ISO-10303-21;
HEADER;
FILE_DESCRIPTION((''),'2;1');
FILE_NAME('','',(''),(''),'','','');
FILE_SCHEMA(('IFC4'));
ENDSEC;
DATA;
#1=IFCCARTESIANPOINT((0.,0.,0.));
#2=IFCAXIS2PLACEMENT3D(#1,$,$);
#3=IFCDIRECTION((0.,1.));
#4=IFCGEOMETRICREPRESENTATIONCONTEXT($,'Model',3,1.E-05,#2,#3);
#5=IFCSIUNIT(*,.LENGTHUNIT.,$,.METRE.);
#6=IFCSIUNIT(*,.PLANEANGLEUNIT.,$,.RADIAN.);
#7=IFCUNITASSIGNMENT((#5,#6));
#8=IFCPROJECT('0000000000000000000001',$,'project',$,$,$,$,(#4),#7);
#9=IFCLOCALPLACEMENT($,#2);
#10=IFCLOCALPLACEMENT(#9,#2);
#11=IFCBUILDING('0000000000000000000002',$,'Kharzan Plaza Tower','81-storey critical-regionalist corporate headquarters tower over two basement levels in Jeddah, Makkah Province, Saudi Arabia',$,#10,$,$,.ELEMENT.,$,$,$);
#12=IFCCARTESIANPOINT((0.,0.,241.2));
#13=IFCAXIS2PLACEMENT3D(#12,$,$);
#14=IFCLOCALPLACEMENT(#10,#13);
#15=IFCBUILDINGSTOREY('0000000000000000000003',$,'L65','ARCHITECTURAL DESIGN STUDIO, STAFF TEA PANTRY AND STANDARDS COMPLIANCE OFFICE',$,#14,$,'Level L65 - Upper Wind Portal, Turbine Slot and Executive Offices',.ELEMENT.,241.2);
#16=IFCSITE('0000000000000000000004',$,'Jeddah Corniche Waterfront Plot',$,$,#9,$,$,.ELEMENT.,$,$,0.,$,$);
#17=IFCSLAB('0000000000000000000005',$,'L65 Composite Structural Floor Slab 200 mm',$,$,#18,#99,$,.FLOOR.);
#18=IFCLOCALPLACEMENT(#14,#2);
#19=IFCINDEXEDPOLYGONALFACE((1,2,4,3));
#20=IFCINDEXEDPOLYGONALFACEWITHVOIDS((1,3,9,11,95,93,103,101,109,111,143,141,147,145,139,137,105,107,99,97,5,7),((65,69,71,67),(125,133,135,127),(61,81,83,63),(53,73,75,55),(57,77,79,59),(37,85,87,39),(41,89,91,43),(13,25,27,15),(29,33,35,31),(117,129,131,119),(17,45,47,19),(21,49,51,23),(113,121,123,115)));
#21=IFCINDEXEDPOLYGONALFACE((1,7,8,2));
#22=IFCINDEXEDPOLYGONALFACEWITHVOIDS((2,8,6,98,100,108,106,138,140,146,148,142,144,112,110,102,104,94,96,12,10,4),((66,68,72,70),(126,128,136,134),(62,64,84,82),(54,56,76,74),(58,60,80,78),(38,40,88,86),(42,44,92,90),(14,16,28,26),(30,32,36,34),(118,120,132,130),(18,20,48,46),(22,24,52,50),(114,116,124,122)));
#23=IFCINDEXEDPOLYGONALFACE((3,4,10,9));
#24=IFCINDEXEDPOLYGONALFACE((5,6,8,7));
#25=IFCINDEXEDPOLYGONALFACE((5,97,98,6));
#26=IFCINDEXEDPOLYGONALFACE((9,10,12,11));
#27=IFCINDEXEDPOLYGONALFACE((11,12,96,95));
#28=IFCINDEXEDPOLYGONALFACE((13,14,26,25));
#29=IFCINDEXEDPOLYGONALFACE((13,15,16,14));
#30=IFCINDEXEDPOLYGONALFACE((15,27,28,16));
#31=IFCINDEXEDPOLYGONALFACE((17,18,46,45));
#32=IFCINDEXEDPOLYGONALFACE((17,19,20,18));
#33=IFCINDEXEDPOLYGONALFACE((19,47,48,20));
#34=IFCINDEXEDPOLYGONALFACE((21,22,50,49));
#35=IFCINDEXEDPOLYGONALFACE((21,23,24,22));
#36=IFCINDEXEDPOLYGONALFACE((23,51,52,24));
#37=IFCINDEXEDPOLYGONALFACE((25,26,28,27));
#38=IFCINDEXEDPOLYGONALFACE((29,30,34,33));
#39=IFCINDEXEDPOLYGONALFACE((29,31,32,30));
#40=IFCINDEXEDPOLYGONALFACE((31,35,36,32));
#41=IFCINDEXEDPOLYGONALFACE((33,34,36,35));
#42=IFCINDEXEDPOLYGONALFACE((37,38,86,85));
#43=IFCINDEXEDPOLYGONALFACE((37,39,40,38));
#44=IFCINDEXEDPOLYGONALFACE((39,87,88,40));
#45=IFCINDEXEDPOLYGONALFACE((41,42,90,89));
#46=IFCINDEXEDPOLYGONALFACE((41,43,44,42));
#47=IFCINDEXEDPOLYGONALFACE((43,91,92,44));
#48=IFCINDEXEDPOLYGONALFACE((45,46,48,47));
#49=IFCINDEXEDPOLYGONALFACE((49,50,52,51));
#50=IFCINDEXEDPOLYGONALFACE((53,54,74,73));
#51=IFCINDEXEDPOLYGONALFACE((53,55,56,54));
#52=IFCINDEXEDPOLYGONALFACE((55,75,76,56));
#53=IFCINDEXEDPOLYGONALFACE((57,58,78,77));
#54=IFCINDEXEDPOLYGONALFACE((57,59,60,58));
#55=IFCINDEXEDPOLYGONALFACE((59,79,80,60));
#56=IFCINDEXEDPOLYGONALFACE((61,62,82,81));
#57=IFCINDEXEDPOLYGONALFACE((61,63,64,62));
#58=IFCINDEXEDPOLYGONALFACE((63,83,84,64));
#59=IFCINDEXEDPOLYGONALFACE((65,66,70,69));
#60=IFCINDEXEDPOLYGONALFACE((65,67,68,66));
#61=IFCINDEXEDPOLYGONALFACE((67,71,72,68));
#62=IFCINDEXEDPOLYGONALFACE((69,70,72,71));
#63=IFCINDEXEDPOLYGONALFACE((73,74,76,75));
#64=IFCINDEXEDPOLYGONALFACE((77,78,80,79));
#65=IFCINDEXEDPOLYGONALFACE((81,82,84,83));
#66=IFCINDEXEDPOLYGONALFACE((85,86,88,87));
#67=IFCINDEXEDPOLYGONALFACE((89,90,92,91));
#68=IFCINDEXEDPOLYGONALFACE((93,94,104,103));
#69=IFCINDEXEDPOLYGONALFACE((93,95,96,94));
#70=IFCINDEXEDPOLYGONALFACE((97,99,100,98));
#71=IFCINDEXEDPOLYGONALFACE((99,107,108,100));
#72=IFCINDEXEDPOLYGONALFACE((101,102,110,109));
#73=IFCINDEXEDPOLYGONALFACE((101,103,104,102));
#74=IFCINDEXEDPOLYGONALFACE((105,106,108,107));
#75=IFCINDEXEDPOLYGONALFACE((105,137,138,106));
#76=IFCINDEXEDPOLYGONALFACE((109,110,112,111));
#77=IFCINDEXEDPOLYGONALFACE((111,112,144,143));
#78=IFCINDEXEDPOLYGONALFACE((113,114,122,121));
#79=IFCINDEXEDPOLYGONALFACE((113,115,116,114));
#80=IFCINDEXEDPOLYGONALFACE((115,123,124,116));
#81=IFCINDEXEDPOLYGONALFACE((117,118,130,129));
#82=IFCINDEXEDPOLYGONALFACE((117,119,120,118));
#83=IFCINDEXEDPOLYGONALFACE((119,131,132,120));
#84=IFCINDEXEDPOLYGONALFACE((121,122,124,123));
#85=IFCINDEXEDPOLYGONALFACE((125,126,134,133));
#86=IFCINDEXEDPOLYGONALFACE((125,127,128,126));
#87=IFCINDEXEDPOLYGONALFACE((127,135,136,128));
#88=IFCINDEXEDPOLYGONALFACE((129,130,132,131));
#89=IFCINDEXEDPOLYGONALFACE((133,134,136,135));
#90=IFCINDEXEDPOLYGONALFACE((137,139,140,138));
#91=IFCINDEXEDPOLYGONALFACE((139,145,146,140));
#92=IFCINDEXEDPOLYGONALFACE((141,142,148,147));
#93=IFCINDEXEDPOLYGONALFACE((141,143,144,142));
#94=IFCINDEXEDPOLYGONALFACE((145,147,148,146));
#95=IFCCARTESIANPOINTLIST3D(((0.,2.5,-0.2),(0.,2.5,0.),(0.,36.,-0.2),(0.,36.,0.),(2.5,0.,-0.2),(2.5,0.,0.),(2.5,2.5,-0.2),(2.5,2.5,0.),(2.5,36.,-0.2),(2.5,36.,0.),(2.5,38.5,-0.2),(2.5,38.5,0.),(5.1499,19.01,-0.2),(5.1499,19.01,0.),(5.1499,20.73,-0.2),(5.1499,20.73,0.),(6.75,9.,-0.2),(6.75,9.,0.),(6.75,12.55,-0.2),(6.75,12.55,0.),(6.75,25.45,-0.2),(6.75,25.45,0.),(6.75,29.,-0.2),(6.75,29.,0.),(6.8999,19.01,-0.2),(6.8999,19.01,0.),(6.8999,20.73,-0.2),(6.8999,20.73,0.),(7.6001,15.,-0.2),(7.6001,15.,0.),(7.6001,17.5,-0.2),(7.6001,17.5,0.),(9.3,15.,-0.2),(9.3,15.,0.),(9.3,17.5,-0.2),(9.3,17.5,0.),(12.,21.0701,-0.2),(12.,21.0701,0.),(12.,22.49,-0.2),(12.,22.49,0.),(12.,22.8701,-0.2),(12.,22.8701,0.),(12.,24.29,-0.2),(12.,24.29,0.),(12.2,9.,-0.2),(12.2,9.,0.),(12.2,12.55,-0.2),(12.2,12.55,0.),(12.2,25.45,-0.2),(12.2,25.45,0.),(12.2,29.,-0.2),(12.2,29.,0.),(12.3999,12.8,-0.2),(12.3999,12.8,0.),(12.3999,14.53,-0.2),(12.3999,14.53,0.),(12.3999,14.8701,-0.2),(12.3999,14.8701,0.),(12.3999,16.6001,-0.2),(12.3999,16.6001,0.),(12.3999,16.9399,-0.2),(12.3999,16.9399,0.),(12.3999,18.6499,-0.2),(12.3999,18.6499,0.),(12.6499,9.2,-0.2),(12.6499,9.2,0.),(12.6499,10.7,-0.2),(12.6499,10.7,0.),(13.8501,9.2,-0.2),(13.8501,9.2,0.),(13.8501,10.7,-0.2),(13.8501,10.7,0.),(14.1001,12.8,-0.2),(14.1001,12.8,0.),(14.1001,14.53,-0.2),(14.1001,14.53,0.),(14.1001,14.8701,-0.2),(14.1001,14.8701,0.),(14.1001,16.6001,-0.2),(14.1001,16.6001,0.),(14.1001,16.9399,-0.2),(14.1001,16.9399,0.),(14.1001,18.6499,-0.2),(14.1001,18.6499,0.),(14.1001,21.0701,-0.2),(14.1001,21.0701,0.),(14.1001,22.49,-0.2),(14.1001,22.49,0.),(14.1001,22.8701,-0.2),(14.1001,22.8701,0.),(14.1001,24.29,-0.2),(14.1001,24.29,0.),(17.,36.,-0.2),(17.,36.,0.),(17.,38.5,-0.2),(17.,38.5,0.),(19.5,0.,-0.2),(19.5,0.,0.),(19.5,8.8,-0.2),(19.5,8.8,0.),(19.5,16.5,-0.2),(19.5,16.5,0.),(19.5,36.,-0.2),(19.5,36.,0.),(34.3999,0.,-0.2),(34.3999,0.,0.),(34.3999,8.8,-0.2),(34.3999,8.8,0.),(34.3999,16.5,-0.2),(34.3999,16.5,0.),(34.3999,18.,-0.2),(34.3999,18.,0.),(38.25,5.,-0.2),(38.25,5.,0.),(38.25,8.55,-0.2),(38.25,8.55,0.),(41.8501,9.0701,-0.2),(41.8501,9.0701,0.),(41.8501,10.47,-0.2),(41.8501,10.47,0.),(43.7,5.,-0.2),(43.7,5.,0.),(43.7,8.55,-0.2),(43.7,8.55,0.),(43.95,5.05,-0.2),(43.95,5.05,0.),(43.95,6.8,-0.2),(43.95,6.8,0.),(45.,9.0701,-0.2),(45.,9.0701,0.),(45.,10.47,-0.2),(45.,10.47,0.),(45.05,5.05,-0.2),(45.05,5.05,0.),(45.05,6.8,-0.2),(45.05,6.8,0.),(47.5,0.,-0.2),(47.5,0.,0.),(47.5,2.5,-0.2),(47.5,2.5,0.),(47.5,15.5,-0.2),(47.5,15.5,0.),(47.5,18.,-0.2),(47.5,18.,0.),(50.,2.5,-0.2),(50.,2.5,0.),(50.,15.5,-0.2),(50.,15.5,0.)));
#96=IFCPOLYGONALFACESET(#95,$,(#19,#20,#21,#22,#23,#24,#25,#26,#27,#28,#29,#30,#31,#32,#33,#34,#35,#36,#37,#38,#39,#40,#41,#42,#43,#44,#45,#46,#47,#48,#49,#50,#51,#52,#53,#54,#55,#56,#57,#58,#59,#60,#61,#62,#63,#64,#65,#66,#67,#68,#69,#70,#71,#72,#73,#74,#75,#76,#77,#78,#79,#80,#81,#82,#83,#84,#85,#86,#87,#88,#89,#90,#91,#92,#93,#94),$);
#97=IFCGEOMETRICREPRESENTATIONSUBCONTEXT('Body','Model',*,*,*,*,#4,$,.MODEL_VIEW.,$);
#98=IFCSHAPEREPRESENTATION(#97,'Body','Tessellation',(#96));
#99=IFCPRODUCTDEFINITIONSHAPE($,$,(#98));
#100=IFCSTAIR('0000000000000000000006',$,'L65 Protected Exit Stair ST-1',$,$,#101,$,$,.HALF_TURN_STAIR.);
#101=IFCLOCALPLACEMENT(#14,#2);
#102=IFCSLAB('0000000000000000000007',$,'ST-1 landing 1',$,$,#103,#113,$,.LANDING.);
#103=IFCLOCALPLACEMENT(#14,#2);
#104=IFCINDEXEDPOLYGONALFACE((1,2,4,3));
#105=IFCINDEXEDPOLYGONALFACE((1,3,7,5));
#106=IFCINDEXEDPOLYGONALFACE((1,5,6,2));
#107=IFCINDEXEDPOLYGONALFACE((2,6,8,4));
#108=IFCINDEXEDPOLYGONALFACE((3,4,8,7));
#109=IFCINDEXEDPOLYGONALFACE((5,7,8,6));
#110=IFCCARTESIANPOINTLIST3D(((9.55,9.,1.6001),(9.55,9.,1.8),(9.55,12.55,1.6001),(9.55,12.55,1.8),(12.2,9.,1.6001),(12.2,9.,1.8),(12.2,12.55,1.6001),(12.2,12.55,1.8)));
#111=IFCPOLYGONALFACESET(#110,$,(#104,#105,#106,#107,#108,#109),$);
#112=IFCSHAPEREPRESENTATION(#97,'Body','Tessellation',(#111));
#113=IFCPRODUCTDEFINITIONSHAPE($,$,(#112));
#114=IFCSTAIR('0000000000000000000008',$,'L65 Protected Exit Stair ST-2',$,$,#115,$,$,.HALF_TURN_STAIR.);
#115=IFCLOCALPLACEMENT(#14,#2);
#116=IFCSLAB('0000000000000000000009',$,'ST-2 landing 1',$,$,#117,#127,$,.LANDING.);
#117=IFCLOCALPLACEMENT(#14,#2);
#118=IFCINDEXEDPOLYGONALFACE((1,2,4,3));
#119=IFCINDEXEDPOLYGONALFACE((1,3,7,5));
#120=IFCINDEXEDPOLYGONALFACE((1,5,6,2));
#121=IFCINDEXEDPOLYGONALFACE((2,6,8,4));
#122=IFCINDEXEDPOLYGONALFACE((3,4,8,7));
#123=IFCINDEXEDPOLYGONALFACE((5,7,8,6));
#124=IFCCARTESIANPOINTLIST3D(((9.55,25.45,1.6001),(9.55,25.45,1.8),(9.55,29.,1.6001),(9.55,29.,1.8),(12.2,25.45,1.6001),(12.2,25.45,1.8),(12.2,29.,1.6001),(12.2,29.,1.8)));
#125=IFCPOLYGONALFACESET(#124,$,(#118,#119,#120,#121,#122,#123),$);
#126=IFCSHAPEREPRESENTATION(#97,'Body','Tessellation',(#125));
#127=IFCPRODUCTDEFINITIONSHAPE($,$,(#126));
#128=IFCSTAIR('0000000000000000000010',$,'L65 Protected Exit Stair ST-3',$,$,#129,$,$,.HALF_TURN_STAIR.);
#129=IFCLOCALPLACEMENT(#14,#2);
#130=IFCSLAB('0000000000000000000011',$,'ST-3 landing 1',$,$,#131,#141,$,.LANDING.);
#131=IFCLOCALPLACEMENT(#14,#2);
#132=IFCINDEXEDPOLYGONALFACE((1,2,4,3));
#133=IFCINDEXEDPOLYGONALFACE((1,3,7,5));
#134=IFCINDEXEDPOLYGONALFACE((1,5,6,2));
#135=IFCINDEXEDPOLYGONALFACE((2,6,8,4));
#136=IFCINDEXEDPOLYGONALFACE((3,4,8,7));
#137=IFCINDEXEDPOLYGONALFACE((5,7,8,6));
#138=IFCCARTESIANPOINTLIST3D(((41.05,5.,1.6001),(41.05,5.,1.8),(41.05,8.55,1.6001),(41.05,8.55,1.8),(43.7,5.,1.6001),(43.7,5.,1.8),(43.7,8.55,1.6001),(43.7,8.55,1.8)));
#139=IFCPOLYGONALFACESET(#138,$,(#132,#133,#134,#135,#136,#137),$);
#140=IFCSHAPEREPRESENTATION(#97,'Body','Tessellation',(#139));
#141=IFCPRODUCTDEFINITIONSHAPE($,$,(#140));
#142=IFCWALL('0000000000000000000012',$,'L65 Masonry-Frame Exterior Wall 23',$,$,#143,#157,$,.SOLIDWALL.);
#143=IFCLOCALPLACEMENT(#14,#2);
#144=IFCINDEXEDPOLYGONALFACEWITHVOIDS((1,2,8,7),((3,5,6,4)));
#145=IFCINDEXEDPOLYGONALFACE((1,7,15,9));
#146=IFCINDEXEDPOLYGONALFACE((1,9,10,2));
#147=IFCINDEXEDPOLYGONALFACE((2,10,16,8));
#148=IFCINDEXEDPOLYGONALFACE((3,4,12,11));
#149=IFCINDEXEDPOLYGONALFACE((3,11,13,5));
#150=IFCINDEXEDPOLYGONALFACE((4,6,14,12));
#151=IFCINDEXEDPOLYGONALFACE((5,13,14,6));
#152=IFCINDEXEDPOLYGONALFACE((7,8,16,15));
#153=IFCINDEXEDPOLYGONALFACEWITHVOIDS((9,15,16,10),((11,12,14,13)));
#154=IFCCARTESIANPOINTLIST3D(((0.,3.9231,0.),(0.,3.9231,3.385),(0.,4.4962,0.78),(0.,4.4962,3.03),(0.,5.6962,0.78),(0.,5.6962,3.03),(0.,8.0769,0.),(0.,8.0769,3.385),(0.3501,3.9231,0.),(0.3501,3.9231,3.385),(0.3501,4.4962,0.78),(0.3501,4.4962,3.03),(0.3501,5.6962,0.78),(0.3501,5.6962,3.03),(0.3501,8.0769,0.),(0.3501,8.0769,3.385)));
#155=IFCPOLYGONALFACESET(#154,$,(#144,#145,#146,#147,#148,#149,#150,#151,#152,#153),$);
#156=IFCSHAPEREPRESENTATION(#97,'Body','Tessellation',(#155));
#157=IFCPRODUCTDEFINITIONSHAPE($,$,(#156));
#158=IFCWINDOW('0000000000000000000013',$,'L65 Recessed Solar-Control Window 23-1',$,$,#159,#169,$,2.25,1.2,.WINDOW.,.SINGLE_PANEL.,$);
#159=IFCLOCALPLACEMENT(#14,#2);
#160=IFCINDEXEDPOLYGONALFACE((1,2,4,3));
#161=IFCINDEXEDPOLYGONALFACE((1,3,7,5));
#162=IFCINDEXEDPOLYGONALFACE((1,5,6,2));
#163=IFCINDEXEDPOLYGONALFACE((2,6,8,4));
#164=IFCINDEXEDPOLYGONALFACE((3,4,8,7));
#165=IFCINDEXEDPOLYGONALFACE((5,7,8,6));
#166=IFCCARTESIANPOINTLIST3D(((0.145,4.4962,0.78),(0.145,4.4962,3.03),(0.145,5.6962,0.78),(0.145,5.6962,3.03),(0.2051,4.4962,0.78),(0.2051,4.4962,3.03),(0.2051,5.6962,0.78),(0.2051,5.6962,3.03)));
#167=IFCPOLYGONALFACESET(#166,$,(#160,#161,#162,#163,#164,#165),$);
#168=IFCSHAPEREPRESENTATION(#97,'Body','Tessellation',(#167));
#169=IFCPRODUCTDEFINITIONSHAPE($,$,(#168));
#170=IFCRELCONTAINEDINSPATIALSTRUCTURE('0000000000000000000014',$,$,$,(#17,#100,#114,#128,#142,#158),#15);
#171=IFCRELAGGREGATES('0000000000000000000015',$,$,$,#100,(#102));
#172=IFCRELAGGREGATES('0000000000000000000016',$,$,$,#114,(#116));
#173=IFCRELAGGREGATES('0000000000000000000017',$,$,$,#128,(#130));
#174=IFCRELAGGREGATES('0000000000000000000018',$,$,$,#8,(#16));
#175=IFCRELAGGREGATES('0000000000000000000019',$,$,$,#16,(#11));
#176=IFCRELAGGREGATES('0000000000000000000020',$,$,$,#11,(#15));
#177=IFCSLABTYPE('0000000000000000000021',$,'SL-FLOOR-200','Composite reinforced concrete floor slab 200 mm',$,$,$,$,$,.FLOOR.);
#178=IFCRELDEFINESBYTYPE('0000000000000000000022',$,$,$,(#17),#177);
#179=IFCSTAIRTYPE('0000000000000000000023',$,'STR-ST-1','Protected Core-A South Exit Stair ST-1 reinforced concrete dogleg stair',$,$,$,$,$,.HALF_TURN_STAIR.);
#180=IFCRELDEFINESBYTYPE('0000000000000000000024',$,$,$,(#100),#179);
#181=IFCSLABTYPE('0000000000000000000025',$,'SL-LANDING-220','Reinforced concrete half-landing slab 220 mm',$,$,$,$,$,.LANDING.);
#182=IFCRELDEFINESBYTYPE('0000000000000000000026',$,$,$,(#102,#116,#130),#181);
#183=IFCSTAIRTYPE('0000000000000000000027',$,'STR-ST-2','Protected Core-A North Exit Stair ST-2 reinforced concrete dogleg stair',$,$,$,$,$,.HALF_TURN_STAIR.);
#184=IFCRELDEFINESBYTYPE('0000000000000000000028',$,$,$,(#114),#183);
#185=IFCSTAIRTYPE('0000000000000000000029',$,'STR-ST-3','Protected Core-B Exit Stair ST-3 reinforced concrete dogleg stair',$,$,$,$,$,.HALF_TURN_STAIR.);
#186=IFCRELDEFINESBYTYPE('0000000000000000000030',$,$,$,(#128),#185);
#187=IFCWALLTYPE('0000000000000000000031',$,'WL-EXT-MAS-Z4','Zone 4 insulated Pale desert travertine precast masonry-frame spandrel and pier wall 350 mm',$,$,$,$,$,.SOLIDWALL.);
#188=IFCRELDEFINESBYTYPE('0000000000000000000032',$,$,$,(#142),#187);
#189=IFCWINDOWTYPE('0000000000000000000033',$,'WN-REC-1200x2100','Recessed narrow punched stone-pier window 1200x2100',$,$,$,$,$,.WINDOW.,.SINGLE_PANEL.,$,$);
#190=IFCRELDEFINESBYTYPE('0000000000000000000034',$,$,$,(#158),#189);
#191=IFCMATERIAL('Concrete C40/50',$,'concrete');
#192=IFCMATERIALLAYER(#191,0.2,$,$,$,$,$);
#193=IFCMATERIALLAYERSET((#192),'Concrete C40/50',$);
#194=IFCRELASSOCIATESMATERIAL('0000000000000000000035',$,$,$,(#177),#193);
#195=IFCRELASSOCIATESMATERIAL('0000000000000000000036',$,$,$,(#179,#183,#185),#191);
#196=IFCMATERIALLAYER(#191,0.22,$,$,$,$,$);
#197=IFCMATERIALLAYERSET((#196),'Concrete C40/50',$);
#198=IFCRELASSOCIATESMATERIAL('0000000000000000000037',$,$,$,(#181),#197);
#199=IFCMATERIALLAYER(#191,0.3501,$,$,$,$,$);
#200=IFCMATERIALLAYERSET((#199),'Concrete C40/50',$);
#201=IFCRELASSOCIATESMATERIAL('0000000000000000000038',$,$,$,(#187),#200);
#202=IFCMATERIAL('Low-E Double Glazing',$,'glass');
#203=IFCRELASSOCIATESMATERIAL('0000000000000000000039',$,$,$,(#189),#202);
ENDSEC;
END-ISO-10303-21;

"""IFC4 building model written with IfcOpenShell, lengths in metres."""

from ifc_helpers import new_model, si_unit, direction, frame, frame_2d, origin, place, context, subcontext, project, spatial, polyline, rectangle, outline, extrude, source, transform, mapped, material, layer, layer_set, type_object, element, fill, aggregate, save


model = new_model("IFC4")

# Units and contexts
model_context = context("Model", 3, precision=1e-05, world=origin(), true_north=direction((0.0, 1.0)))
body_context = subcontext(model_context, "Body", "Model", "MODEL_VIEW")
ifc_project = project(units=[si_unit("LENGTHUNIT", "METRE"), si_unit("PLANEANGLEUNIT", "RADIAN")], contexts=[model_context])

# Site, building, storey
site_placement = place(None, origin())
site = spatial("IfcSite", under=ifc_project, at=site_placement, Name="Jeddah Corniche Waterfront Plot", CompositionType="ELEMENT", RefElevation=0.0)
building_placement = place(site_placement, origin())
building = spatial("IfcBuilding", under=site, at=building_placement, Name="Kharzan Plaza Tower", Description="81-storey critical-regionalist corporate headquarters tower over two basement levels in Jeddah, Makkah Province, Saudi Arabia", CompositionType="ELEMENT")
storey_placement = place(building_placement, frame((0.0, 0.0, 241.2)))
storey = spatial("IfcBuildingStorey", under=building, at=storey_placement, Name="L65", Description="ARCHITECTURAL DESIGN STUDIO, STAFF TEA PANTRY AND STANDARDS COMPLIANCE OFFICE", LongName="Level L65 - Upper Wind Portal, Turbine Slot and Executive Offices", CompositionType="ELEMENT", Elevation=241.2)

# Slab
ifc_material_1 = material(Name="Concrete C40/50", Category="concrete")
ifc_layer_1 = layer(ifc_material_1, 0.2)
ifc_layer_set_1 = layer_set([ifc_layer_1], Name="Concrete C40/50")
slab_type_1 = type_object("IfcSlabType", Name="SL-FLOOR-200", Description="Composite reinforced concrete floor slab 200 mm", PredefinedType="FLOOR", material=ifc_layer_set_1)
slab_1_placement = place(storey_placement, frame((0.0, 0.0, -0.2)))
element("IfcSlab", 1, at=slab_1_placement, inside=storey, type_object=slab_type_1, Name="L65 Composite Structural Floor Slab 200 mm", PredefinedType="FLOOR", context=body_context, shape_type="SweptSolid", body=[
    extrude(outline(polyline([(34.3999, 16.5), (19.5, 16.5), (19.5, 36.0), (17.0, 36.0), (17.0, 38.5), (2.5, 38.5), (2.5, 36.0), (0.0, 36.0), (0.0, 2.5), (2.5, 2.5), (2.5, 0.0), (19.5, 0.0), (19.5, 8.8), (34.3999, 8.8), (34.3999, 0.0), (47.5, 0.0), (47.5, 2.5), (50.0, 2.5), (50.0, 15.5), (47.5, 15.5), (47.5, 18.0), (34.3999, 18.0), (34.3999, 16.5)]), holes=[polyline([(12.2, 12.55), (6.75, 12.55), (6.75, 9.0), (12.2, 9.0), (12.2, 12.55)]), polyline([(14.1001, 12.8), (14.1001, 14.53), (12.3999, 14.53), (12.3999, 12.8), (14.1001, 12.8)]), polyline([(9.3, 15.0), (9.3, 17.5), (7.6001, 17.5), (7.6001, 15.0), (9.3, 15.0)]), polyline([(6.8999, 20.73), (5.1499, 20.73), (5.1499, 19.01), (6.8999, 19.01), (6.8999, 20.73)]), polyline([(14.1001, 21.0701), (14.1001, 22.49), (12.0, 22.49), (12.0, 21.0701), (14.1001, 21.0701)]), polyline([(14.1001, 22.8701), (14.1001, 24.29), (12.0, 24.29), (12.0, 22.8701), (14.1001, 22.8701)]), polyline([(12.2, 29.0), (6.75, 29.0), (6.75, 25.45), (12.2, 25.45), (12.2, 29.0)]), polyline([(45.05, 5.05), (45.05, 6.8), (43.95, 6.8), (43.95, 5.05), (45.05, 5.05)]), polyline([(43.7, 5.0), (43.7, 8.55), (38.25, 8.55), (38.25, 5.0), (43.7, 5.0)]), polyline([(45.0, 9.0701), (45.0, 10.47), (41.8501, 10.47), (41.8501, 9.0701), (45.0, 9.0701)]), polyline([(13.8501, 9.2), (13.8501, 10.7), (12.6499, 10.7), (12.6499, 9.2), (13.8501, 9.2)]), polyline([(14.1001, 14.8701), (14.1001, 16.6001), (12.3999, 16.6001), (12.3999, 14.8701), (14.1001, 14.8701)]), polyline([(14.1001, 16.9399), (14.1001, 18.6499), (12.3999, 18.6499), (12.3999, 16.9399), (14.1001, 16.9399)])]), origin(), (0.0, 0.0, 1.0), 0.2),
])

# Stairs, slabs
stair_type_1 = type_object("IfcStairType", Name="STR-ST-1", Description="Protected Core-A South Exit Stair ST-1 reinforced concrete dogleg stair", PredefinedType="HALF_TURN_STAIR", material=ifc_material_1)
stair_1_placement = place(storey_placement, origin())
stair_1 = element("IfcStair", 2, at=stair_1_placement, inside=storey, type_object=stair_type_1, Name="L65 Protected Exit Stair ST-1", PredefinedType="HALF_TURN_STAIR")
ifc_layer_2 = layer(ifc_material_1, 0.22)
ifc_layer_set_2 = layer_set([ifc_layer_2], Name="Concrete C40/50")
slab_type_2 = type_object("IfcSlabType", Name="SL-LANDING-220", Description="Reinforced concrete half-landing slab 220 mm", PredefinedType="LANDING", material=ifc_layer_set_2)
slab_2_placement = place(storey_placement, frame((0.0, 0.0, 1.6001)))
slab_2 = element("IfcSlab", 3, at=slab_2_placement, type_object=slab_type_2, Name="ST-1 landing 1", PredefinedType="LANDING", context=body_context, shape_type="SweptSolid", body=[
    extrude(outline(polyline([(9.55, 9.0), (12.2, 9.0), (12.2, 12.55), (9.55, 12.55), (9.55, 9.0)])), origin(), (0.0, 0.0, 1.0), 0.2),
])
aggregate(stair_1, [slab_2])
stair_type_2 = type_object("IfcStairType", Name="STR-ST-2", Description="Protected Core-A North Exit Stair ST-2 reinforced concrete dogleg stair", PredefinedType="HALF_TURN_STAIR", material=ifc_material_1)
stair_2_placement = place(storey_placement, origin())
stair_2 = element("IfcStair", 4, at=stair_2_placement, inside=storey, type_object=stair_type_2, Name="L65 Protected Exit Stair ST-2", PredefinedType="HALF_TURN_STAIR")
slab_3_placement = place(storey_placement, frame((0.0, 0.0, 1.6001)))
slab_3 = element("IfcSlab", 5, at=slab_3_placement, type_object=slab_type_2, Name="ST-2 landing 1", PredefinedType="LANDING", context=body_context, shape_type="SweptSolid", body=[
    extrude(outline(polyline([(9.55, 25.45), (12.2, 25.45), (12.2, 29.0), (9.55, 29.0), (9.55, 25.45)])), origin(), (0.0, 0.0, 1.0), 0.2),
])
aggregate(stair_2, [slab_3])
stair_type_3 = type_object("IfcStairType", Name="STR-ST-3", Description="Protected Core-B Exit Stair ST-3 reinforced concrete dogleg stair", PredefinedType="HALF_TURN_STAIR", material=ifc_material_1)
stair_3_placement = place(storey_placement, origin())
stair_3 = element("IfcStair", 6, at=stair_3_placement, inside=storey, type_object=stair_type_3, Name="L65 Protected Exit Stair ST-3", PredefinedType="HALF_TURN_STAIR")
slab_4_placement = place(storey_placement, frame((0.0, 0.0, 1.6001)))
slab_4 = element("IfcSlab", 7, at=slab_4_placement, type_object=slab_type_2, Name="ST-3 landing 1", PredefinedType="LANDING", context=body_context, shape_type="SweptSolid", body=[
    extrude(outline(polyline([(41.05, 5.0), (43.7, 5.0), (43.7, 8.55), (41.05, 8.55), (41.05, 5.0)])), origin(), (0.0, 0.0, 1.0), 0.2),
])
aggregate(stair_3, [slab_4])

# Wall, opening, window
ifc_layer_3 = layer(ifc_material_1, 0.3501)
ifc_layer_set_3 = layer_set([ifc_layer_3], Name="Concrete C40/50")
wall_type_1 = type_object("IfcWallType", Name="WL-EXT-MAS-Z4", Description="Zone 4 insulated Pale desert travertine precast masonry-frame spandrel and pier wall 350 mm", PredefinedType="SOLIDWALL", material=ifc_layer_set_3)
wall_1_placement = place(storey_placement, frame((0.175, 8.0769, 0.0), z_axis=(0.0, 0.0, 1.0), x_axis=(0.0, -1.0, 0.0)))
wall_1 = element("IfcWall", 8, at=wall_1_placement, inside=storey, type_object=wall_type_1, Name="L65 Masonry-Frame Exterior Wall 23", PredefinedType="SOLIDWALL", context=body_context, shape_type="SweptSolid", body=[
    extrude(rectangle(XDim=4.1538, YDim=0.3501, at=frame_2d((2.0769, 0.0))), origin(), (0.0, 0.0, 1.0), 3.385),
])
opening_1_placement = place(wall_1_placement, frame((2.3806, 0.0, 0.78)))
opening_1 = element("IfcOpeningElement", 9, at=opening_1_placement, cuts=wall_1, PredefinedType="OPENING", context=body_context, shape_type="SweptSolid", body=[
    extrude(rectangle(XDim=1.2, YDim=2.25, at=frame_2d((0.6001, 1.125))), frame((0.0, 0.1851, 0.0), z_axis=(0.0, -1.0, 0.0), x_axis=(1.0, 0.0, 0.0)), (0.0, 0.0, 1.0), 0.3701),
])
ifc_material_2 = material(Name="Low-E Double Glazing", Category="glass")
window_type = type_object("IfcWindowType", Name="WN-REC-1200x2100", Description="Recessed narrow punched stone-pier window 1200x2100", PartitioningType="SINGLE_PANEL", PredefinedType="WINDOW", material=ifc_material_2)
shared_shape_1 = source(origin(), body_context, "Body", "SweptSolid", [
    extrude(rectangle(XDim=1.2, YDim=2.25, at=frame_2d((0.6001, 1.125))), frame((0.0, 0.03, 0.0), z_axis=(0.0, -1.0, 0.0), x_axis=(1.0, 0.0, 0.0)), (0.0, 0.0, 1.0), 0.0601),
])
window_1_placement = place(opening_1_placement, origin())
window_1 = element("IfcWindow", 10, at=window_1_placement, inside=storey, type_object=window_type, Name="L65 Recessed Solar-Control Window 23-1", OverallHeight=2.25, OverallWidth=1.2, PartitioningType="SINGLE_PANEL", PredefinedType="WINDOW", context=body_context, shape_type="MappedRepresentation", body=[
    mapped(shared_shape_1, transform((0.0, 0.0, 0.0), x_axis=(1.0, 0.0, 0.0), y_axis=(0.0, 1.0, 0.0), z_axis=(0.0, 0.0, 1.0))),
])
fill(opening_1, window_1)

save(model, "model.ifc")
